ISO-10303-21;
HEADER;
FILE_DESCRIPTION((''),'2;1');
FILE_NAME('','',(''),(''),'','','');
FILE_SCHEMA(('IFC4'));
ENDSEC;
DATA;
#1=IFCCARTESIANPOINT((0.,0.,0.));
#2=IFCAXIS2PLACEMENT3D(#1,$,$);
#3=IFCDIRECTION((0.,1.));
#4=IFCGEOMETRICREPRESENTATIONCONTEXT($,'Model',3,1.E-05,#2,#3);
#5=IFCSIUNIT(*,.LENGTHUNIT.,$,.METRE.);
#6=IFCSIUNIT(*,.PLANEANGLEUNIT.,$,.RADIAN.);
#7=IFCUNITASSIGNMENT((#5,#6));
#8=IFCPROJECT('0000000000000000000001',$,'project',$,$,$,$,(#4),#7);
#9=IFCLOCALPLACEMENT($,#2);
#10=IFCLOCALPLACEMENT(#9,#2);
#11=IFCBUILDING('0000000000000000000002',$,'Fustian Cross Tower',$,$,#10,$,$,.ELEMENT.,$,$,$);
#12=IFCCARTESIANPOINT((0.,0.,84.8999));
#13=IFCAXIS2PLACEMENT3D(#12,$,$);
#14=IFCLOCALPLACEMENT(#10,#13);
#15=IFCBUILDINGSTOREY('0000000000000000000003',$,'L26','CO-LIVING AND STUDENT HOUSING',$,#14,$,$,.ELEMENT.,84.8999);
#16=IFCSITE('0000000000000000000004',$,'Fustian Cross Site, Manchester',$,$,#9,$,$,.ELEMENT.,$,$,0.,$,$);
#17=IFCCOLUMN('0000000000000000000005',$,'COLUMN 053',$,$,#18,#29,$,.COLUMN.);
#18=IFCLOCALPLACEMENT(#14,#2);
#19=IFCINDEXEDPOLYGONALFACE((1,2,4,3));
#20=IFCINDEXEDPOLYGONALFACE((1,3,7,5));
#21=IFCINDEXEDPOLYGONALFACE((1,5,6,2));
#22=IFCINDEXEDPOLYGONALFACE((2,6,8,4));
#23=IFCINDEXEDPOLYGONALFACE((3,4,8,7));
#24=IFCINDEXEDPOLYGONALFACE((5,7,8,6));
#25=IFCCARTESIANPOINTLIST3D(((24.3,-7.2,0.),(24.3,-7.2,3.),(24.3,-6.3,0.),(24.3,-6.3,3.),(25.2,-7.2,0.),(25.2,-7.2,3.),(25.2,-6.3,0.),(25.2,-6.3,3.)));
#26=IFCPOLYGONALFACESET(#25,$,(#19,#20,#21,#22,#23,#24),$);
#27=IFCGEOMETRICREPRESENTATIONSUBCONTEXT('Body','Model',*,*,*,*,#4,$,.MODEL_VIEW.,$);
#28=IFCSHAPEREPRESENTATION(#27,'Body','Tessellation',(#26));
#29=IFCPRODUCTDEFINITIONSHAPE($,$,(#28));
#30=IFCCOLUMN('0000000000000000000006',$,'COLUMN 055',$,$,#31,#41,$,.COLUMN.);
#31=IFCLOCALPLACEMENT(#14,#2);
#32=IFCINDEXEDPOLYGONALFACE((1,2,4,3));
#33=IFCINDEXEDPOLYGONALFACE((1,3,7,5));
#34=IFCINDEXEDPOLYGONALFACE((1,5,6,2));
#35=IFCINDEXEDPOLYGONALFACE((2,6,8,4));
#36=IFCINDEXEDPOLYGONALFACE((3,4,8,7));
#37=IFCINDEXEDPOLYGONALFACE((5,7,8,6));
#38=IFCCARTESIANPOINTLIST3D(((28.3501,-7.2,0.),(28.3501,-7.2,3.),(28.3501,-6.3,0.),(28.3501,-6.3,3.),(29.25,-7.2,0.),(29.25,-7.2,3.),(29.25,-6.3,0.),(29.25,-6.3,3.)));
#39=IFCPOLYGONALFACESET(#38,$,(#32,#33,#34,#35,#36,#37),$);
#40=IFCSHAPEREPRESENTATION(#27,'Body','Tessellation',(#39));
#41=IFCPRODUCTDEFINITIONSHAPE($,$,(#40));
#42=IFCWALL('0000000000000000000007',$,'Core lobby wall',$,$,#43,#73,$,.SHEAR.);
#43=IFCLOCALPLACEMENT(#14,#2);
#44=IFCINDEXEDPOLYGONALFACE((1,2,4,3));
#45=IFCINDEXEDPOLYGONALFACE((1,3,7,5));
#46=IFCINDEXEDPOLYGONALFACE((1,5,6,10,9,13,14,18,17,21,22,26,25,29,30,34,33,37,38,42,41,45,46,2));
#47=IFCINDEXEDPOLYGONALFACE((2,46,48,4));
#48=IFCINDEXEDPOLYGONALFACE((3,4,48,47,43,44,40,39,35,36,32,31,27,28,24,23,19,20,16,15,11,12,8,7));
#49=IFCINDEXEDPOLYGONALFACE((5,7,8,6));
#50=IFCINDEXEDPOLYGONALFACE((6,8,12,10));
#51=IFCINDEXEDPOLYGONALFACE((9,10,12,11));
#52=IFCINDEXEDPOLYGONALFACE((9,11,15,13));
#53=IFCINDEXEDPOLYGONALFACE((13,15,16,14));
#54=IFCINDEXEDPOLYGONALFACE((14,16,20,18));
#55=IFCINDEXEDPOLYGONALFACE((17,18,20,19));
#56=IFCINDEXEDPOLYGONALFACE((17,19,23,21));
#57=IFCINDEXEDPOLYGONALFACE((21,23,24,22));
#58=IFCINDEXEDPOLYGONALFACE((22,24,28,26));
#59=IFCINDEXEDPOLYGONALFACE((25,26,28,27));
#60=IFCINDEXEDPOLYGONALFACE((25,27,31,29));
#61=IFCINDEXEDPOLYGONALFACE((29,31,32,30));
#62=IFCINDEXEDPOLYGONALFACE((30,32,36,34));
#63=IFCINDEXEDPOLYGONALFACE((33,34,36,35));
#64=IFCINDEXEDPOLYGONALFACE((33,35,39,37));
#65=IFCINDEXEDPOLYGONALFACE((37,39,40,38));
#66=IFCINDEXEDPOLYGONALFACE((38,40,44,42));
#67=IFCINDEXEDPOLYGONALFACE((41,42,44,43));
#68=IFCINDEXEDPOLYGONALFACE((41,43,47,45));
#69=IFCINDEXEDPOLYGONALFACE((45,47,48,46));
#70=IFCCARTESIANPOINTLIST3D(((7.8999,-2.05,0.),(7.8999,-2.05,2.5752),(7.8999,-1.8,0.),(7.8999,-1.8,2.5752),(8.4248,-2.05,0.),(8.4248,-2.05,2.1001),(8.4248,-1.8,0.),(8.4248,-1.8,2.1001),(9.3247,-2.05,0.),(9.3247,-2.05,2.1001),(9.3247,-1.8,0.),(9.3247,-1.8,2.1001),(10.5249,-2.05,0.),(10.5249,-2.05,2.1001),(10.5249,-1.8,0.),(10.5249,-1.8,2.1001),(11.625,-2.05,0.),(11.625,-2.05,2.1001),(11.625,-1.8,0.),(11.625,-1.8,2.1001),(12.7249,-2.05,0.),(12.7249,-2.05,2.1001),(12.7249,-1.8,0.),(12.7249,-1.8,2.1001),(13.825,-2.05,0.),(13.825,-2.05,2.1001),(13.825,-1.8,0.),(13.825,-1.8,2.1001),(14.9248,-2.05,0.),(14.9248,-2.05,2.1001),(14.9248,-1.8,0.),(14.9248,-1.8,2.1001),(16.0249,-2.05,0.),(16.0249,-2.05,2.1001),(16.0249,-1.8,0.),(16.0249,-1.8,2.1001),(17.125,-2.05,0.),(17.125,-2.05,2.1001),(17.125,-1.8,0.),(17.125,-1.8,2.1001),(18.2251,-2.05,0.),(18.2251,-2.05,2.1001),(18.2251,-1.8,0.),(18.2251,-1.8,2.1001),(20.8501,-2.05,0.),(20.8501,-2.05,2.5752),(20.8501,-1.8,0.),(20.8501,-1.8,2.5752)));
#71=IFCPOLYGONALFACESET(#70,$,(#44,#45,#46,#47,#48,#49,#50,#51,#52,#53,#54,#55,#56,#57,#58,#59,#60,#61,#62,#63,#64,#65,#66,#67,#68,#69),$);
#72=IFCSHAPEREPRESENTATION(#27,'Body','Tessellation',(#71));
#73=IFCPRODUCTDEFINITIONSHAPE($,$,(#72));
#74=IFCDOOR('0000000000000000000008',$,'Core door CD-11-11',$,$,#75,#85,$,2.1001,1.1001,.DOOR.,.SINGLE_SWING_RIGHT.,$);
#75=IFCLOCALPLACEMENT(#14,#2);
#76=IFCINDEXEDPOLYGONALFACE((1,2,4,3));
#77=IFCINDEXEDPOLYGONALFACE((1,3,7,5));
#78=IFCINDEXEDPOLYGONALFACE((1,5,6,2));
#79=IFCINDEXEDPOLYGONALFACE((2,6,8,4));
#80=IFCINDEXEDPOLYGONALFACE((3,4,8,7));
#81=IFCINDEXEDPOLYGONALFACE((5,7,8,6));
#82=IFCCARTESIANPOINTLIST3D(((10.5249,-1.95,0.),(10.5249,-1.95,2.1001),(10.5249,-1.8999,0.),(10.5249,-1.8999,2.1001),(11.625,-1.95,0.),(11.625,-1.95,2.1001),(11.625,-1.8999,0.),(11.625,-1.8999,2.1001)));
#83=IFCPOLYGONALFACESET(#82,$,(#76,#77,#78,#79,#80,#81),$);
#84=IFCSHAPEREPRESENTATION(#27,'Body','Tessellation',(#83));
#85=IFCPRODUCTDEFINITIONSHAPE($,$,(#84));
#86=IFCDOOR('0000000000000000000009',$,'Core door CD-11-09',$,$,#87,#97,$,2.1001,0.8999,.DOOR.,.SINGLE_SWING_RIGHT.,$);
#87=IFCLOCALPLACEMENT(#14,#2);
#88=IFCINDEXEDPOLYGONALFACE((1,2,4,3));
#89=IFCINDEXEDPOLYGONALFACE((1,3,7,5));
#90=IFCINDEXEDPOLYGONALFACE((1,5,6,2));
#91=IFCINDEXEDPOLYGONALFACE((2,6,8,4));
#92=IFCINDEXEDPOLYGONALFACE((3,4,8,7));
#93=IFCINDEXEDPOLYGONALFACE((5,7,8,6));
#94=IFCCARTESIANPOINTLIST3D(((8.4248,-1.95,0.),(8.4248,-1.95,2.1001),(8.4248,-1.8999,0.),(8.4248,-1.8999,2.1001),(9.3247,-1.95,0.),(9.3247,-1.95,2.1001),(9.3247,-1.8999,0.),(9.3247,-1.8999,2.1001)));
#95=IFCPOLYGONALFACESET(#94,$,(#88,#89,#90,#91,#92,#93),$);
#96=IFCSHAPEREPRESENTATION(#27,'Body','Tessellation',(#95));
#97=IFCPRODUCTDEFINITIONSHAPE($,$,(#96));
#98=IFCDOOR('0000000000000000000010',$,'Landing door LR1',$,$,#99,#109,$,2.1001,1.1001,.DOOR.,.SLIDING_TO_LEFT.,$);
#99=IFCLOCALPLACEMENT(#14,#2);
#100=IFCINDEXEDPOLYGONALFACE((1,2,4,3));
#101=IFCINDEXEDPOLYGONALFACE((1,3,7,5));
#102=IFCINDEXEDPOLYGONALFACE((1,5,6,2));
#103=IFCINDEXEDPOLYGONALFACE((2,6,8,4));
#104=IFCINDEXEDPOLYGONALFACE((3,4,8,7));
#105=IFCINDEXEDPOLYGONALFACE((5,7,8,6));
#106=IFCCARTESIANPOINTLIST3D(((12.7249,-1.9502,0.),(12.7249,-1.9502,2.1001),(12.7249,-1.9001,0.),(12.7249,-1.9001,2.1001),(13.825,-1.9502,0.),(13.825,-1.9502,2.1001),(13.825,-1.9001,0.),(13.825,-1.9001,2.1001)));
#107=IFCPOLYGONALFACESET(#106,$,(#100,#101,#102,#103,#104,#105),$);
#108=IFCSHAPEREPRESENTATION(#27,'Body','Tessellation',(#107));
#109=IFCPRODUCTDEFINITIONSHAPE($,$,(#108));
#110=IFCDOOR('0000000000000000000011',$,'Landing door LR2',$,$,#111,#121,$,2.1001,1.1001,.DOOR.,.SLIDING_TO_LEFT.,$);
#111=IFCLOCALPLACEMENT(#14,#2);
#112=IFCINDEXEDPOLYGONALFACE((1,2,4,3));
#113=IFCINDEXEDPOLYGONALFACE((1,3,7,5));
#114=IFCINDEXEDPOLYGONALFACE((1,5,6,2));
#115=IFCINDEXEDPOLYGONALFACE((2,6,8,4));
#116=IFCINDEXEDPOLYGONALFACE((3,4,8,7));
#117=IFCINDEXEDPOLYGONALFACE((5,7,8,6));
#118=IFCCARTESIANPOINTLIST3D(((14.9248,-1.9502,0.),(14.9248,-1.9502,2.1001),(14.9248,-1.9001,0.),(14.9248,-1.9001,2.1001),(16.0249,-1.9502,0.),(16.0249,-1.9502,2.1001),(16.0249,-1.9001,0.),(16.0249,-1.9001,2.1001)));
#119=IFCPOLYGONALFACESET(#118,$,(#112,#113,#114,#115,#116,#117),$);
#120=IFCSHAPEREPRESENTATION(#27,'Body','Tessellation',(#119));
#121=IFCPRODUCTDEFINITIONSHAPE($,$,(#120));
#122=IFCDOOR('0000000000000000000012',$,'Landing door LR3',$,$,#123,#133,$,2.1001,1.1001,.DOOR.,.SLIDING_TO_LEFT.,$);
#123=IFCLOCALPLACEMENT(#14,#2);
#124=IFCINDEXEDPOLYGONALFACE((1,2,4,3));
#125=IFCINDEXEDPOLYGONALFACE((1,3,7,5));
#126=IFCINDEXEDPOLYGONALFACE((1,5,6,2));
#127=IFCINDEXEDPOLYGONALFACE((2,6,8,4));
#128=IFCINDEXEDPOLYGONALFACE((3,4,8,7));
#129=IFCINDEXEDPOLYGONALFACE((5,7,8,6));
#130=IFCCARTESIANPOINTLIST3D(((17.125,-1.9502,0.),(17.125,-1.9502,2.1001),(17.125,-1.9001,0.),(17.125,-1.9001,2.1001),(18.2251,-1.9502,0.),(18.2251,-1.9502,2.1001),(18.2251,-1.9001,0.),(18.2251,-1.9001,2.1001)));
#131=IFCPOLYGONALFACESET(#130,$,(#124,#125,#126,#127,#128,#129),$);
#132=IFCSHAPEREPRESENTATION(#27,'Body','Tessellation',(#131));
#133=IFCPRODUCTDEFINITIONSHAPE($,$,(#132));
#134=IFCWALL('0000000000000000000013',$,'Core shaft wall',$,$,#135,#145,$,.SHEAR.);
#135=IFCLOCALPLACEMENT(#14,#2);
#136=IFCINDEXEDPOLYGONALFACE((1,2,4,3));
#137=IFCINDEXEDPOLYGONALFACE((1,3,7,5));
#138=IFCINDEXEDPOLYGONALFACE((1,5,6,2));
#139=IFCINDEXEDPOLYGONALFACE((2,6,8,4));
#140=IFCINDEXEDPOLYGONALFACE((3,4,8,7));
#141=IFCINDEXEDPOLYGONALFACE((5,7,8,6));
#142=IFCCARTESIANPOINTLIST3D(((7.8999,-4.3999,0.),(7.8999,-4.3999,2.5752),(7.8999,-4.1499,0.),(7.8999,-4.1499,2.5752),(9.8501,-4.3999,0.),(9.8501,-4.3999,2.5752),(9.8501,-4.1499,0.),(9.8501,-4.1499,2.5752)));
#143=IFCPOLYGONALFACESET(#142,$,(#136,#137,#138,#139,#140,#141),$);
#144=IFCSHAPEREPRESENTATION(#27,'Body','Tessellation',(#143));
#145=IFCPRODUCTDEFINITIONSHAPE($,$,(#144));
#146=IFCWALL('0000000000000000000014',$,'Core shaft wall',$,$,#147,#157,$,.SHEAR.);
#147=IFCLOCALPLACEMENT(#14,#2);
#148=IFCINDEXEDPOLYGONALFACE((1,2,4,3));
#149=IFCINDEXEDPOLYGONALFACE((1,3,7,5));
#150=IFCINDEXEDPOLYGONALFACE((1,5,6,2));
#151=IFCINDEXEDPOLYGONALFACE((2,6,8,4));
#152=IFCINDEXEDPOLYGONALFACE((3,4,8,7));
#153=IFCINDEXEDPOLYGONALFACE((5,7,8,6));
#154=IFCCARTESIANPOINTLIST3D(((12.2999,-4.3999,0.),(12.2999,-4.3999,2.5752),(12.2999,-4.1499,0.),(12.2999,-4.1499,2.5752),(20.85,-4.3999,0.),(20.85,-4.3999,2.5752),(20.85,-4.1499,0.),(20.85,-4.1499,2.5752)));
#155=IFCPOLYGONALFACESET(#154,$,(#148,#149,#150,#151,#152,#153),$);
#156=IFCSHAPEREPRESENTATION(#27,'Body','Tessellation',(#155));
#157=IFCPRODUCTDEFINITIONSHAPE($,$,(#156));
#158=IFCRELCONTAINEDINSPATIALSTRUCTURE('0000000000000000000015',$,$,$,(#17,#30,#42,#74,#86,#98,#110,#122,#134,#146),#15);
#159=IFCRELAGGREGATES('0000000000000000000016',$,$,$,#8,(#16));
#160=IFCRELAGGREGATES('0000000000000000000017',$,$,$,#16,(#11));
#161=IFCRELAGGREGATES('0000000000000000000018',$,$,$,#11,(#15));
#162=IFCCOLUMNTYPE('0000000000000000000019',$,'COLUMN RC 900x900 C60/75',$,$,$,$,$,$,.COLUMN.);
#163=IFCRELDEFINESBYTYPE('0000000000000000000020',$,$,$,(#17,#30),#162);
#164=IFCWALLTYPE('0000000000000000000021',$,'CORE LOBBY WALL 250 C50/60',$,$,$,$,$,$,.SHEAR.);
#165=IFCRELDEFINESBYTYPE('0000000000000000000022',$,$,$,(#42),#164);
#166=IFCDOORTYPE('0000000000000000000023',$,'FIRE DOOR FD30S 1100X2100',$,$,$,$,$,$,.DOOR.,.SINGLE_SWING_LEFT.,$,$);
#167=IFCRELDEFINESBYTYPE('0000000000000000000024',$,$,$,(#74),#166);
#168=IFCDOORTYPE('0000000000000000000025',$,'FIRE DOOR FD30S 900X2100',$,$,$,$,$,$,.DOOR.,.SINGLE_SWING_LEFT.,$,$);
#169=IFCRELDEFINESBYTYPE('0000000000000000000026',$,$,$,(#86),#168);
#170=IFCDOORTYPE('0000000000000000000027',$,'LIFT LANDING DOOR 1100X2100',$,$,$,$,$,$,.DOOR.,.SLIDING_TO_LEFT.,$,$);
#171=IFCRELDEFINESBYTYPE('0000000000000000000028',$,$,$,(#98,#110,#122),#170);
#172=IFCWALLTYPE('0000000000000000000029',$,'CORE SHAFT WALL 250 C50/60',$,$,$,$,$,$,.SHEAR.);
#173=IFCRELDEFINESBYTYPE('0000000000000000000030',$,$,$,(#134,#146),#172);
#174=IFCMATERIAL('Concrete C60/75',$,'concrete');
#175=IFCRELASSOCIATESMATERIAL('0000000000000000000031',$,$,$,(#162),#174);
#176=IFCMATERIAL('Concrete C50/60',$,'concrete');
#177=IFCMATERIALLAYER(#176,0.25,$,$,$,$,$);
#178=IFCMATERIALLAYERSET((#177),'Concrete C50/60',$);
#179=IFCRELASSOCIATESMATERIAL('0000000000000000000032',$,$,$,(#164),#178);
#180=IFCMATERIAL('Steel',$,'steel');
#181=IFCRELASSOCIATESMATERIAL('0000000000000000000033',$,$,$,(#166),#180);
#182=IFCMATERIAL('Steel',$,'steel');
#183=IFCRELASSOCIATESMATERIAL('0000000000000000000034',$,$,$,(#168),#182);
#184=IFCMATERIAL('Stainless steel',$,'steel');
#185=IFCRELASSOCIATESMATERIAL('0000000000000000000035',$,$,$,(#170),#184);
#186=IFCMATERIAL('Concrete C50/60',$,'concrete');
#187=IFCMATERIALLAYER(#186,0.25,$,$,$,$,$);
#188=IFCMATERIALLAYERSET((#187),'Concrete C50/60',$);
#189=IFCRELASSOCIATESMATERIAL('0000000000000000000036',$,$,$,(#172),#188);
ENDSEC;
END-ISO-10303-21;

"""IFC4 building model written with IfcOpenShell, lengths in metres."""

from ifc_helpers import new_model, si_unit, direction, frame, frame_2d, origin, origin_2d, place, context, subcontext, project, spatial, rectangle, extrude, material, layer, layer_set, material_profile, profile_set, type_object, element, fill, save


model = new_model("IFC4")

# Units and contexts
model_context = context("Model", 3, precision=1e-05, world=origin(), true_north=direction((0.0, 1.0)))
body_context = subcontext(model_context, "Body", "Model", "MODEL_VIEW")
ifc_project = project(units=[si_unit("LENGTHUNIT", "METRE"), si_unit("PLANEANGLEUNIT", "RADIAN")], contexts=[model_context])

# Site, building, storey
site_placement = place(None, origin())
site = spatial("IfcSite", under=ifc_project, at=site_placement, Name="Fustian Cross Site, Manchester", CompositionType="ELEMENT", RefElevation=0.0)
building_placement = place(site_placement, origin())
building = spatial("IfcBuilding", under=site, at=building_placement, Name="Fustian Cross Tower", CompositionType="ELEMENT")
storey_placement = place(building_placement, frame((0.0, 0.0, 84.8999)))
storey = spatial("IfcBuildingStorey", under=building, at=storey_placement, Name="L26", Description="CO-LIVING AND STUDENT HOUSING", CompositionType="ELEMENT", Elevation=84.8999)

# Columns
ifc_material_1 = material(Name="Concrete C60/75", Category="concrete")
ifc_material_profile = material_profile(ifc_material_1, rectangle(XDim=0.8999, YDim=0.8999, at=origin_2d()), Name="RC 900x900")
ifc_profile_set = profile_set([ifc_material_profile], Name="Concrete C60/75")
column_type = type_object("IfcColumnType", Name="COLUMN RC 900x900 C60/75", PredefinedType="COLUMN", material=ifc_profile_set)
for number, where, z_axis, x_axis, name in (
    (1, (24.75, -6.75, 0.0), (0.0, 0.0, 1.0), (1.0, 0.0, 0.0), "COLUMN 053"),
    (2, (28.8, -6.75, 0.0), (0.0, 0.0, 1.0), (1.0, 0.0, 0.0), "COLUMN 055"),
):
    element("IfcColumn", number, at=place(storey_placement, frame(where, z_axis=z_axis, x_axis=x_axis)), inside=storey, type_object=column_type, Name=name, PredefinedType="COLUMN", context=body_context, shape_type="SweptSolid", body=[
        extrude(rectangle(XDim=0.8999, YDim=0.8999, at=origin_2d()), origin(), (0.0, 0.0, 1.0), 3.0),
    ])

# Wall, openings, doors
ifc_material_2 = material(Name="Concrete C50/60", Category="concrete")
ifc_layer_1 = layer(ifc_material_2, 0.25)
ifc_layer_set_1 = layer_set([ifc_layer_1], Name="Concrete C50/60")
wall_type_1 = type_object("IfcWallType", Name="CORE LOBBY WALL 250 C50/60", PredefinedType="SHEAR", material=ifc_layer_set_1)
wall_1_placement = place(storey_placement, frame((7.8999, -1.925, 0.0), z_axis=(0.0, 0.0, 1.0), x_axis=(1.0, 0.0, 0.0)))
wall_1 = element("IfcWall", 3, at=wall_1_placement, inside=storey, type_object=wall_type_1, Name="Core lobby wall", PredefinedType="SHEAR", context=body_context, shape_type="SweptSolid", body=[
    extrude(rectangle(XDim=12.9502, YDim=0.25, at=frame_2d((6.4751, 0.0))), origin(), (0.0, 0.0, 1.0), 2.5752),
])
opening_1_placement = place(wall_1_placement, frame((4.825, 0.0, 0.0)))
opening_1 = element("IfcOpeningElement", 4, at=opening_1_placement, cuts=wall_1, PredefinedType="OPENING", context=body_context, shape_type="SweptSolid", body=[
    extrude(rectangle(XDim=1.1001, YDim=2.1001, at=frame_2d((0.55, 1.05))), frame((0.0, 0.135, 0.0), z_axis=(0.0, -1.0, 0.0), x_axis=(1.0, 0.0, 0.0)), (0.0, 0.0, 1.0), 0.27),
])
opening_2_placement = place(wall_1_placement, frame((7.0249, 0.0, 0.0)))
opening_2 = element("IfcOpeningElement", 5, at=opening_2_placement, cuts=wall_1, PredefinedType="OPENING", context=body_context, shape_type="SweptSolid", body=[
    extrude(rectangle(XDim=1.1001, YDim=2.1001, at=frame_2d((0.55, 1.05))), frame((0.0, 0.135, 0.0), z_axis=(0.0, -1.0, 0.0), x_axis=(1.0, 0.0, 0.0)), (0.0, 0.0, 1.0), 0.27),
])
opening_3_placement = place(wall_1_placement, frame((9.2251, 0.0, 0.0)))
opening_3 = element("IfcOpeningElement", 6, at=opening_3_placement, cuts=wall_1, PredefinedType="OPENING", context=body_context, shape_type="SweptSolid", body=[
    extrude(rectangle(XDim=1.1001, YDim=2.1001, at=frame_2d((0.55, 1.05))), frame((0.0, 0.135, 0.0), z_axis=(0.0, -1.0, 0.0), x_axis=(1.0, 0.0, 0.0)), (0.0, 0.0, 1.0), 0.27),
])
opening_4_placement = place(wall_1_placement, frame((0.5249, 0.0, 0.0)))
opening_4 = element("IfcOpeningElement", 7, at=opening_4_placement, cuts=wall_1, PredefinedType="OPENING", context=body_context, shape_type="SweptSolid", body=[
    extrude(rectangle(XDim=0.8999, YDim=2.1001, at=frame_2d((0.45, 1.05))), frame((0.0, 0.135, 0.0), z_axis=(0.0, -1.0, 0.0), x_axis=(1.0, 0.0, 0.0)), (0.0, 0.0, 1.0), 0.27),
])
opening_5_placement = place(wall_1_placement, frame((2.625, 0.0, 0.0)))
opening_5 = element("IfcOpeningElement", 8, at=opening_5_placement, cuts=wall_1, PredefinedType="OPENING", context=body_context, shape_type="SweptSolid", body=[
    extrude(rectangle(XDim=1.1001, YDim=2.1001, at=frame_2d((0.55, 1.05))), frame((0.0, 0.135, 0.0), z_axis=(0.0, -1.0, 0.0), x_axis=(1.0, 0.0, 0.0)), (0.0, 0.0, 1.0), 0.27),
])
ifc_material_3 = material(Name="Steel", Category="steel")
door_type_1 = type_object("IfcDoorType", Name="FIRE DOOR FD30S 1100X2100", OperationType="SINGLE_SWING_LEFT", PredefinedType="DOOR", material=ifc_material_3)
door_1_placement = place(opening_5_placement, frame((1.1001, 0.0, 0.0), z_axis=(0.0, 0.0, 1.0), x_axis=(-1.0, 0.0, 0.0)))
door_1 = element("IfcDoor", 9, at=door_1_placement, inside=storey, type_object=door_type_1, Name="Core door CD-11-11", OperationType="SINGLE_SWING_RIGHT", OverallHeight=2.1001, OverallWidth=1.1001, PredefinedType="DOOR", context=body_context, shape_type="SweptSolid", body=[
    extrude(rectangle(XDim=1.1001, YDim=2.1001, at=frame_2d((0.55, 1.05))), frame((0.0, 0.0249, 0.0), z_axis=(0.0, -1.0, 0.0), x_axis=(1.0, 0.0, 0.0)), (0.0, 0.0, 1.0), 0.05),
])
fill(opening_5, door_1)
ifc_material_4 = material(Name="Steel", Category="steel")
door_type_2 = type_object("IfcDoorType", Name="FIRE DOOR FD30S 900X2100", OperationType="SINGLE_SWING_LEFT", PredefinedType="DOOR", material=ifc_material_4)
door_2_placement = place(opening_4_placement, frame((0.8999, 0.0, 0.0), z_axis=(0.0, 0.0, 1.0), x_axis=(-1.0, 0.0, 0.0)))
door_2 = element("IfcDoor", 10, at=door_2_placement, inside=storey, type_object=door_type_2, Name="Core door CD-11-09", OperationType="SINGLE_SWING_RIGHT", OverallHeight=2.1001, OverallWidth=0.8999, PredefinedType="DOOR", context=body_context, shape_type="SweptSolid", body=[
    extrude(rectangle(XDim=0.8999, YDim=2.1001, at=frame_2d((0.45, 1.05))), frame((0.0, 0.0249, 0.0), z_axis=(0.0, -1.0, 0.0), x_axis=(1.0, 0.0, 0.0)), (0.0, 0.0, 1.0), 0.05),
])
fill(opening_4, door_2)
ifc_material_5 = material(Name="Stainless steel", Category="steel")
door_type_3 = type_object("IfcDoorType", Name="LIFT LANDING DOOR 1100X2100", OperationType="SLIDING_TO_LEFT", PredefinedType="DOOR", material=ifc_material_5)
door_3_placement = place(opening_1_placement, origin())
door_3 = element("IfcDoor", 11, at=door_3_placement, inside=storey, type_object=door_type_3, Name="Landing door LR1", OperationType="SLIDING_TO_LEFT", OverallHeight=2.1001, OverallWidth=1.1001, PredefinedType="DOOR", context=body_context, shape_type="SweptSolid", body=[
    extrude(rectangle(XDim=1.1001, YDim=2.1001, at=frame_2d((0.55, 1.05))), frame((0.0, 0.0249, 0.0), z_axis=(0.0, -1.0, 0.0), x_axis=(1.0, 0.0, 0.0)), (0.0, 0.0, 1.0), 0.05),
])
fill(opening_1, door_3)
door_4_placement = place(opening_2_placement, origin())
door_4 = element("IfcDoor", 12, at=door_4_placement, inside=storey, type_object=door_type_3, Name="Landing door LR2", OperationType="SLIDING_TO_LEFT", OverallHeight=2.1001, OverallWidth=1.1001, PredefinedType="DOOR", context=body_context, shape_type="SweptSolid", body=[
    extrude(rectangle(XDim=1.1001, YDim=2.1001, at=frame_2d((0.55, 1.05))), frame((0.0, 0.0249, 0.0), z_axis=(0.0, -1.0, 0.0), x_axis=(1.0, 0.0, 0.0)), (0.0, 0.0, 1.0), 0.05),
])
fill(opening_2, door_4)
door_5_placement = place(opening_3_placement, origin())
door_5 = element("IfcDoor", 13, at=door_5_placement, inside=storey, type_object=door_type_3, Name="Landing door LR3", OperationType="SLIDING_TO_LEFT", OverallHeight=2.1001, OverallWidth=1.1001, PredefinedType="DOOR", context=body_context, shape_type="SweptSolid", body=[
    extrude(rectangle(XDim=1.1001, YDim=2.1001, at=frame_2d((0.55, 1.05))), frame((0.0, 0.0249, 0.0), z_axis=(0.0, -1.0, 0.0), x_axis=(1.0, 0.0, 0.0)), (0.0, 0.0, 1.0), 0.05),
])
fill(opening_3, door_5)

# Walls
ifc_material_6 = material(Name="Concrete C50/60", Category="concrete")
ifc_layer_2 = layer(ifc_material_6, 0.25)
ifc_layer_set_2 = layer_set([ifc_layer_2], Name="Concrete C50/60")
wall_type_2 = type_object("IfcWallType", Name="CORE SHAFT WALL 250 C50/60", PredefinedType="SHEAR", material=ifc_layer_set_2)
wall_2_placement = place(storey_placement, frame((7.8999, -4.2749, 0.0), z_axis=(0.0, 0.0, 1.0), x_axis=(1.0, 0.0, 0.0)))
element("IfcWall", 14, at=wall_2_placement, inside=storey, type_object=wall_type_2, Name="Core shaft wall", PredefinedType="SHEAR", context=body_context, shape_type="SweptSolid", body=[
    extrude(rectangle(XDim=1.9502, YDim=0.25, at=frame_2d((0.9751, 0.0))), origin(), (0.0, 0.0, 1.0), 2.5752),
])
wall_3_placement = place(storey_placement, frame((12.3, -4.2749, 0.0), z_axis=(0.0, 0.0, 1.0), x_axis=(1.0, 0.0, 0.0)))
element("IfcWall", 15, at=wall_3_placement, inside=storey, type_object=wall_type_2, Name="Core shaft wall", PredefinedType="SHEAR", context=body_context, shape_type="SweptSolid", body=[
    extrude(rectangle(XDim=8.55, YDim=0.25, at=frame_2d((4.2749, 0.0))), origin(), (0.0, 0.0, 1.0), 2.5752),
])

save(model, "model.ifc")
